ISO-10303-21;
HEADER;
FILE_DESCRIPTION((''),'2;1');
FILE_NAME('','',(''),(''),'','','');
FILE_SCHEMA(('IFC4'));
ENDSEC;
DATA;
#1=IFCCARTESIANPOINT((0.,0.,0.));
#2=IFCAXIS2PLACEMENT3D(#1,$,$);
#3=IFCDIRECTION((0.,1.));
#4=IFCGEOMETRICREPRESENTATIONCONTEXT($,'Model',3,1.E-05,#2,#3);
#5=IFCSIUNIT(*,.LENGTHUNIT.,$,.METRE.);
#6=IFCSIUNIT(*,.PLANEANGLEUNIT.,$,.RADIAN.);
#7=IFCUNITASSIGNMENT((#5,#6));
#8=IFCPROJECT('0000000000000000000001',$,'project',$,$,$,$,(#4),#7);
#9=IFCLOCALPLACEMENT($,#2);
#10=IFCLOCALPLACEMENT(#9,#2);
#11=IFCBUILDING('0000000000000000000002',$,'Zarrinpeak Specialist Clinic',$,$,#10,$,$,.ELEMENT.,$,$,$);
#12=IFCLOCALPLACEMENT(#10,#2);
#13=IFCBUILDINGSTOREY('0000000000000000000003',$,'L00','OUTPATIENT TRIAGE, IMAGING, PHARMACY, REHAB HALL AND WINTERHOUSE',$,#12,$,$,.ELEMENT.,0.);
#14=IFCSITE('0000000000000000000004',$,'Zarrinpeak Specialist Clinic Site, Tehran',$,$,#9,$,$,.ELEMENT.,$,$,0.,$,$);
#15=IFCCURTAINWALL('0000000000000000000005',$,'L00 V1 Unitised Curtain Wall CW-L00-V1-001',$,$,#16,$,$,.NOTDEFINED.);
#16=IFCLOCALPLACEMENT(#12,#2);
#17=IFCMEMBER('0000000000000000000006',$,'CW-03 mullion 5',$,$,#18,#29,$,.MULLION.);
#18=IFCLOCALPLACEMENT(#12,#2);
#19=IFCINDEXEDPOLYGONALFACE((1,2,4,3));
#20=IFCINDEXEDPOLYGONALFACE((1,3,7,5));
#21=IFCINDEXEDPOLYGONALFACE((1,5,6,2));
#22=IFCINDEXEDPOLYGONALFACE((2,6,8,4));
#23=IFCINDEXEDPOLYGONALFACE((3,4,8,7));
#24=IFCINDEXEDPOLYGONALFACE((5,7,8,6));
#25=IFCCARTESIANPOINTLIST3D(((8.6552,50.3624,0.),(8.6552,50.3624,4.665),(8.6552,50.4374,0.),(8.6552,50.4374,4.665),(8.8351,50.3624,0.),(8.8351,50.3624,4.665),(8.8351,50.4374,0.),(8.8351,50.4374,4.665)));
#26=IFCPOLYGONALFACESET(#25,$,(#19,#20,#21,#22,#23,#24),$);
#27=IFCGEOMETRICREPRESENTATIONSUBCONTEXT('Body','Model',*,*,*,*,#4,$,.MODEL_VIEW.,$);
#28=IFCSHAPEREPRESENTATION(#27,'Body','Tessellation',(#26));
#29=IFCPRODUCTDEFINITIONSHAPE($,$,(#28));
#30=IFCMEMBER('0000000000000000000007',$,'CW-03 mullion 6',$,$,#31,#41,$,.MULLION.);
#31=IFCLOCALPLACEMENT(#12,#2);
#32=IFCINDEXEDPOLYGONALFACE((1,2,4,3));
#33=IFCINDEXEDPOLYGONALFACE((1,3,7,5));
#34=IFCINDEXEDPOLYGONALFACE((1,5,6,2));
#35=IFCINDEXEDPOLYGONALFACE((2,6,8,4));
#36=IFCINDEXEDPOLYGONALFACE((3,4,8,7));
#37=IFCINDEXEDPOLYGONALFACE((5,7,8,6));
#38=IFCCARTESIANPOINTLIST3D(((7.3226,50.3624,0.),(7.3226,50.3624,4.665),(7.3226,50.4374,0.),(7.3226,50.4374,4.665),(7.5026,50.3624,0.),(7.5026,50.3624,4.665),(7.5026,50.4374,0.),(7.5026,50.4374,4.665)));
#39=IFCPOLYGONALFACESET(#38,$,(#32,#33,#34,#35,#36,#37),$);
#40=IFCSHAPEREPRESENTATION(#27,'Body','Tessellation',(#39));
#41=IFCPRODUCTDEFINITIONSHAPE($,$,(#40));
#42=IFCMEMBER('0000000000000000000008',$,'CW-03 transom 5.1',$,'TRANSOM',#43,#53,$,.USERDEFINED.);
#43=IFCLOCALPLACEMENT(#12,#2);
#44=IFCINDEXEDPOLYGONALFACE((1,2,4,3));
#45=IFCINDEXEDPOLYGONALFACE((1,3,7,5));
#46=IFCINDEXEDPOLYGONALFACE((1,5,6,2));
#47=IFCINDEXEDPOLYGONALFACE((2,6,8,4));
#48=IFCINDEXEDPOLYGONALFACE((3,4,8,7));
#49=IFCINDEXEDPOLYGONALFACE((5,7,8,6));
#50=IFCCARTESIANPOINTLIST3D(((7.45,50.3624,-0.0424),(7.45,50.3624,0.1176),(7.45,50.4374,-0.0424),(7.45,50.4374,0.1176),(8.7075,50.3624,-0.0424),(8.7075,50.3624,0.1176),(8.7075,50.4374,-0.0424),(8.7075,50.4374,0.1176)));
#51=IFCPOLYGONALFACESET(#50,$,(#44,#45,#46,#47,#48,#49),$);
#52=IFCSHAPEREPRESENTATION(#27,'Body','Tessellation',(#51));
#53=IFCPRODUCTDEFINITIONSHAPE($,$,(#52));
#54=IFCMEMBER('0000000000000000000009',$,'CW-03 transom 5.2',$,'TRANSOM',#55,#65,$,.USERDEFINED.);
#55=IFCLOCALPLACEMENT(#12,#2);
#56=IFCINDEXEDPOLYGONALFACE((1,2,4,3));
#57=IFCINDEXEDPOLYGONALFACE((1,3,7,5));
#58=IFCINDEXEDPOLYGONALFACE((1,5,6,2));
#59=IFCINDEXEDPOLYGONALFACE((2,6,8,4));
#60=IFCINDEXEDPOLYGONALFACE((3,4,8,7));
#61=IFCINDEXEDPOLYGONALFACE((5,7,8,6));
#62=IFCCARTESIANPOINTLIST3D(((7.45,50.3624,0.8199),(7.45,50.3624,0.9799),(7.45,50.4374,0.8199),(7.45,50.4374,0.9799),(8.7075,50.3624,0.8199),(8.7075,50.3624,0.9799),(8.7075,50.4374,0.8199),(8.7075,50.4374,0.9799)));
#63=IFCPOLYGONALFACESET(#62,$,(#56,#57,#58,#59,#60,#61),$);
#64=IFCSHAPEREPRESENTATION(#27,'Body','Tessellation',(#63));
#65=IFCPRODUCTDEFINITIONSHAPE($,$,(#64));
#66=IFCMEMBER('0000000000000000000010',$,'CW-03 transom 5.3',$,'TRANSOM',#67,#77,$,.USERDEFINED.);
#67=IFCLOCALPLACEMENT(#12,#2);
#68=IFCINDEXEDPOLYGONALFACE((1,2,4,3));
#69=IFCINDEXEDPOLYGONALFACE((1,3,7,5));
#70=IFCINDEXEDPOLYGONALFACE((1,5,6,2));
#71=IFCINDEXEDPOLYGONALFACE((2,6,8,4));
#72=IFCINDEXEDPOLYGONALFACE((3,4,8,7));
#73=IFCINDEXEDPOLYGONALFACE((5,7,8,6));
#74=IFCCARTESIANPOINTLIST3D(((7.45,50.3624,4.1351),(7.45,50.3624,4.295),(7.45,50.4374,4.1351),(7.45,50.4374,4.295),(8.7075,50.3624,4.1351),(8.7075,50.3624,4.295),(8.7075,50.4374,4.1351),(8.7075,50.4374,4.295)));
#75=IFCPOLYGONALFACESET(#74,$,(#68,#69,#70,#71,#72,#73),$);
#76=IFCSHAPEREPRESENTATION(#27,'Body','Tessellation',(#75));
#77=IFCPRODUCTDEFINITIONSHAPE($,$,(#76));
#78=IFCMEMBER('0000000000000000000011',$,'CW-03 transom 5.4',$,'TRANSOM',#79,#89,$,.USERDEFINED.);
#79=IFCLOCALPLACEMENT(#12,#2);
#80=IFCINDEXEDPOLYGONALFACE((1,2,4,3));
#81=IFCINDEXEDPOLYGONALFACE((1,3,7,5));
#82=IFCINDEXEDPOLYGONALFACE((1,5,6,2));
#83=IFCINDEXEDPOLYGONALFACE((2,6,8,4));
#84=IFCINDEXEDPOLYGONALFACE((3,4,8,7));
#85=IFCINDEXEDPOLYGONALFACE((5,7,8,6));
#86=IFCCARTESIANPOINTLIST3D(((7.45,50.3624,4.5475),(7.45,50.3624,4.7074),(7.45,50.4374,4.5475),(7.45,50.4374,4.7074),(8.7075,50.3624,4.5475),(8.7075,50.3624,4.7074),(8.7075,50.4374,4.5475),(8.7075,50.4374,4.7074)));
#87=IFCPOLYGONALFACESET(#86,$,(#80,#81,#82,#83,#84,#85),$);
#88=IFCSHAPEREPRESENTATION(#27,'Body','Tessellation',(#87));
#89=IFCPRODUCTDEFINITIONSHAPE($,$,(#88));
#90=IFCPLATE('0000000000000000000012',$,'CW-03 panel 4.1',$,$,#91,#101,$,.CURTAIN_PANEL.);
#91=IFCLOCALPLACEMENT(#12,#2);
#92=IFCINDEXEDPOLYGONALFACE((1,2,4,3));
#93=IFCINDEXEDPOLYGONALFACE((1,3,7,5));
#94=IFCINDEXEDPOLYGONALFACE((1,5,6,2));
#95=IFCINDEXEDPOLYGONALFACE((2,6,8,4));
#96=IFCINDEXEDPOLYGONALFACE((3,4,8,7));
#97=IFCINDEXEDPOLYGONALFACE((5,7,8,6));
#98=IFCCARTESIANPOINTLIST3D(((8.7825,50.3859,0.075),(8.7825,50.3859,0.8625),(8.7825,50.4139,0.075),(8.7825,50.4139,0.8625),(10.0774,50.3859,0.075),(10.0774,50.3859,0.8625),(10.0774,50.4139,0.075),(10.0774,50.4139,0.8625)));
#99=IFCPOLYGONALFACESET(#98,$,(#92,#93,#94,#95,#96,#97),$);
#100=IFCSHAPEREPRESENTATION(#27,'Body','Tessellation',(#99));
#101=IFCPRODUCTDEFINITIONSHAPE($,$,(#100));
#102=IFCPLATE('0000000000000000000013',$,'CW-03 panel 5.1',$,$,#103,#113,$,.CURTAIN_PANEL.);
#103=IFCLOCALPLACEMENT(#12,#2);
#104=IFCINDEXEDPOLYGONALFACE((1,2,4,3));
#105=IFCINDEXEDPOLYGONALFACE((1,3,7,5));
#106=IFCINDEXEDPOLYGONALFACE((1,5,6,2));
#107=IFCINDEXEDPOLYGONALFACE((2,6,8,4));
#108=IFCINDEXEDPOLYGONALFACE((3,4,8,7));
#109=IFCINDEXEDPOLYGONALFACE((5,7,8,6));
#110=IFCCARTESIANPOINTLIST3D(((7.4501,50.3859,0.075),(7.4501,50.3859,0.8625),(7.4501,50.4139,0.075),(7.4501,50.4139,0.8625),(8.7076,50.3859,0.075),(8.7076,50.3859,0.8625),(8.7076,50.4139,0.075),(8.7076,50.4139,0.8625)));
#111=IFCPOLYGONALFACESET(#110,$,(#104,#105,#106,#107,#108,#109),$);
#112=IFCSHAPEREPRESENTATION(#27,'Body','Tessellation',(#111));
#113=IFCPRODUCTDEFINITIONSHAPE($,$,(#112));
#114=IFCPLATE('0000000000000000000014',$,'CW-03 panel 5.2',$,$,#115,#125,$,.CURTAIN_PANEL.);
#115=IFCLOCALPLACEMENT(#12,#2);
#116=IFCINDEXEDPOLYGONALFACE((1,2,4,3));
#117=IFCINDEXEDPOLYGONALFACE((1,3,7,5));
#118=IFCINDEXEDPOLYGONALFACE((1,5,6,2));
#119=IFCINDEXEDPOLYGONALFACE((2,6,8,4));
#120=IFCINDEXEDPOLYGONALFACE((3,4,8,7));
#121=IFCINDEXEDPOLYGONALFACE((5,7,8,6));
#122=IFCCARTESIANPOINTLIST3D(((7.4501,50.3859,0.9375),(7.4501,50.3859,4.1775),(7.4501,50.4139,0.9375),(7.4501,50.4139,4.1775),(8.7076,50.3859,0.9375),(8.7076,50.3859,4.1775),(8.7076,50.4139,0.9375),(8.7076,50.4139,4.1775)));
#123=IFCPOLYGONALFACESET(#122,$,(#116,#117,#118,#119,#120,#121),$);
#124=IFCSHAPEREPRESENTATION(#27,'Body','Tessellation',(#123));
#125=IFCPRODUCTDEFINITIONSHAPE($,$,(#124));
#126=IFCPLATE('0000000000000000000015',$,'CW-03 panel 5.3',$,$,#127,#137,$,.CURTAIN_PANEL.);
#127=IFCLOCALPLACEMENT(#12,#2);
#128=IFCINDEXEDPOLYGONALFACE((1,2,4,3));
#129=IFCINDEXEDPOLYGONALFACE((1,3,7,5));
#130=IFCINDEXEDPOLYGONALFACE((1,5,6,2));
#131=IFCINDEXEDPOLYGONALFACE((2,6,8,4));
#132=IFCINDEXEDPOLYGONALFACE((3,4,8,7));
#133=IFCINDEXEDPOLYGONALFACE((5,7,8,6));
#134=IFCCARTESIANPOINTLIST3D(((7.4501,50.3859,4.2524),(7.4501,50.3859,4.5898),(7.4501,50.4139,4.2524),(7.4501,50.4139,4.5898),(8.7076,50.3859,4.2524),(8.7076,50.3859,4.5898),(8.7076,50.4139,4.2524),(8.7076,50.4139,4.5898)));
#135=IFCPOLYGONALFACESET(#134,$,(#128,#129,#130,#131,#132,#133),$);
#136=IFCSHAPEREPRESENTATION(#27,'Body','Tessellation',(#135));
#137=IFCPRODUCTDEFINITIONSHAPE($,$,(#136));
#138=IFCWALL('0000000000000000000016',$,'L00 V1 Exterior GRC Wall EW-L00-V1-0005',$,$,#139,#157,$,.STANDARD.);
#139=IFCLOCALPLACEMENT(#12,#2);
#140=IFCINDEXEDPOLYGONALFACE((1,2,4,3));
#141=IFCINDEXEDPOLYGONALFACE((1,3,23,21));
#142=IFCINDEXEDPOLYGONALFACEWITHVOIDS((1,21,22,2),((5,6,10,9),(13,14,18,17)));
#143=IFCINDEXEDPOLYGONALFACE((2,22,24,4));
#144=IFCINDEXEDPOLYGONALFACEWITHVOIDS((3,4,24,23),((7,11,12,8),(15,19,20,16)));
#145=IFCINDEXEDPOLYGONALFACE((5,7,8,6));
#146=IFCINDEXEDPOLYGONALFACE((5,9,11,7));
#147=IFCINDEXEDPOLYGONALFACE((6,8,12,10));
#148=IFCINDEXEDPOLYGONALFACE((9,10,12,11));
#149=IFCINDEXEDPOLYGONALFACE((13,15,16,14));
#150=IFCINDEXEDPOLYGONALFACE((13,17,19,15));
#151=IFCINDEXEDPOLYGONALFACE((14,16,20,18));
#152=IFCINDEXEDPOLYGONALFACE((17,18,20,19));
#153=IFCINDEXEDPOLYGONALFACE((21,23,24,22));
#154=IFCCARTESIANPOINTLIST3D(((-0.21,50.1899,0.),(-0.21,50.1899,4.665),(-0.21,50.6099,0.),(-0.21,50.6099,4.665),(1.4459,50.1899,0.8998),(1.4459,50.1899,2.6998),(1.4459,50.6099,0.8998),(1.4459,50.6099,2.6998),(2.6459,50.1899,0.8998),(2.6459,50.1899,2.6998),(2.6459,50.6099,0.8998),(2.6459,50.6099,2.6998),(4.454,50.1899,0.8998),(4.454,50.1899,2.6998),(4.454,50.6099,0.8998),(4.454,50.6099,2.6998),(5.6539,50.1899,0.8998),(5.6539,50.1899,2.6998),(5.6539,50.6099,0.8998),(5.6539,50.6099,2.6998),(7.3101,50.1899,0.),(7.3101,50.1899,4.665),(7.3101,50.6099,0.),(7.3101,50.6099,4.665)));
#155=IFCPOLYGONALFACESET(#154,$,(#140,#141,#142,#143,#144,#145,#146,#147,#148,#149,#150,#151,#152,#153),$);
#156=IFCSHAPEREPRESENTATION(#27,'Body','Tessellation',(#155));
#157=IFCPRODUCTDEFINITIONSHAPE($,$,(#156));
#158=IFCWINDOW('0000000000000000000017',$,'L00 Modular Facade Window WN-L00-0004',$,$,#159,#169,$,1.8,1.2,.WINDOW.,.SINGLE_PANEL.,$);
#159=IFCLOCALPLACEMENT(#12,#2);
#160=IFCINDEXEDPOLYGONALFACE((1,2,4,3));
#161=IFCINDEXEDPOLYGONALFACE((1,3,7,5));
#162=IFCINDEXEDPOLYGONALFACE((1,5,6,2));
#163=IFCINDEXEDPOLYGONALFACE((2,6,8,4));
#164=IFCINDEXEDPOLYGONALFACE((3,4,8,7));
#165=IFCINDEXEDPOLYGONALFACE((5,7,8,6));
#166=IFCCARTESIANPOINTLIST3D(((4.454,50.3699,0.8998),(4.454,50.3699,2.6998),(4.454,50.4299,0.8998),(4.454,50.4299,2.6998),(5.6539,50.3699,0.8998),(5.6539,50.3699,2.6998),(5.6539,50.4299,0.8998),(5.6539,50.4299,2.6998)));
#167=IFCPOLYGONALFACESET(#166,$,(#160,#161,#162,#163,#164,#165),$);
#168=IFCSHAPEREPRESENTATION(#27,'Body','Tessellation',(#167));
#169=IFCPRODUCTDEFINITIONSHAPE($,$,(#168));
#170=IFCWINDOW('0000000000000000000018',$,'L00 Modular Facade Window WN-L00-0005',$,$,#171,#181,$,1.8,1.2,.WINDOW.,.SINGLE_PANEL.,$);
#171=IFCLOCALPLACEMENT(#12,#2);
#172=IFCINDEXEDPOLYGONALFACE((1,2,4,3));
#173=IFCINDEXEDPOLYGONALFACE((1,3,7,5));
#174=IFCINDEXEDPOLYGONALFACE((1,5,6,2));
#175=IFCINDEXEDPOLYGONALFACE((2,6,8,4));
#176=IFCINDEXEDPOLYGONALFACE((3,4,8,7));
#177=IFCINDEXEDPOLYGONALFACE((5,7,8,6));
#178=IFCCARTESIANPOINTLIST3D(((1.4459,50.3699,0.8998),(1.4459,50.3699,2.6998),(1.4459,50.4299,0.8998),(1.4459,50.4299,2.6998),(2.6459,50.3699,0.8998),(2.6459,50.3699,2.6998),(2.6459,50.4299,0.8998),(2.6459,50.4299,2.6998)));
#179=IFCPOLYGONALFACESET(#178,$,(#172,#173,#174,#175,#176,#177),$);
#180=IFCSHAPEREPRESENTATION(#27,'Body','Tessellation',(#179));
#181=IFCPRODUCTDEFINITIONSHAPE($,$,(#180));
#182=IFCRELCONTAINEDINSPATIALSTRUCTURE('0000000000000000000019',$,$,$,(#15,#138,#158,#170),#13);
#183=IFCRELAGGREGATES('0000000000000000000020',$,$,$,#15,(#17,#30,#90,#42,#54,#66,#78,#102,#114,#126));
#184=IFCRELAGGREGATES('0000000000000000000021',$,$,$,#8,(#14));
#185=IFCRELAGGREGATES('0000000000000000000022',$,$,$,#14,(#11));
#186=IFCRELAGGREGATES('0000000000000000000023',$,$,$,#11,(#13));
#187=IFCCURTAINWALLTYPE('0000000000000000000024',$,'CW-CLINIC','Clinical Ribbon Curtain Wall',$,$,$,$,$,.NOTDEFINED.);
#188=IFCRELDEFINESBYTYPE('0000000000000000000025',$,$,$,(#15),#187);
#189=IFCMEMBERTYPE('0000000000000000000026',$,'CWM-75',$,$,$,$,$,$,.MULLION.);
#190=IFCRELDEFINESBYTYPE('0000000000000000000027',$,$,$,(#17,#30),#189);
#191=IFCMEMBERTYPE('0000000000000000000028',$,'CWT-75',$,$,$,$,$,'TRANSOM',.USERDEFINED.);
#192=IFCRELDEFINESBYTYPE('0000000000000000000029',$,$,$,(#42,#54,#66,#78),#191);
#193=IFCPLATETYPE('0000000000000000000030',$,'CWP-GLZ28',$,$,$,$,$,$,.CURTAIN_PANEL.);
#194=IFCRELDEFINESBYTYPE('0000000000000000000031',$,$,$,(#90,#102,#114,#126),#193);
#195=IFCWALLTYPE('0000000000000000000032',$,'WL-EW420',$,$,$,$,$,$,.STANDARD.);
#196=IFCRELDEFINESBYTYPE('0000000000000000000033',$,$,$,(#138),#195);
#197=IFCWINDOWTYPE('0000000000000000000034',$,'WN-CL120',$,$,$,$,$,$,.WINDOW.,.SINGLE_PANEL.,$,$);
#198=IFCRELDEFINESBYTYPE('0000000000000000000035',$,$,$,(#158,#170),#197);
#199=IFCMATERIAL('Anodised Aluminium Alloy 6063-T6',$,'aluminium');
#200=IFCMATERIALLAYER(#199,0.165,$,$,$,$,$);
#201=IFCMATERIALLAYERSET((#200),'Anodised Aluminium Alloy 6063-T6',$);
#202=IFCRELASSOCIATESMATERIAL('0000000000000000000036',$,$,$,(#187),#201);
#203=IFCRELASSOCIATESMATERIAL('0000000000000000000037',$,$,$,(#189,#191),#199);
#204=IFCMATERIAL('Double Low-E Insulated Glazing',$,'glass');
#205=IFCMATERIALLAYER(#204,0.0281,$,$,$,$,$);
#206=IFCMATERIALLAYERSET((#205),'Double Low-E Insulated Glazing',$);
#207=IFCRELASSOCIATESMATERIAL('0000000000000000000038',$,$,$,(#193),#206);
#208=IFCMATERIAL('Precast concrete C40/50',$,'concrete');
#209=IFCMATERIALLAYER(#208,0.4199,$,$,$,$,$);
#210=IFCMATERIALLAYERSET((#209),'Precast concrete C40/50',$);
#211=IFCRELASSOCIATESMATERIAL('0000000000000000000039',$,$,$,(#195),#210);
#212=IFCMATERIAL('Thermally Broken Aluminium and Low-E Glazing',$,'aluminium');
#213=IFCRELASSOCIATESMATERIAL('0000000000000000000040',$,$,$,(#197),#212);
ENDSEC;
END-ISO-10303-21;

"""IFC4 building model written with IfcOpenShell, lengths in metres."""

from ifc_helpers import new_model, si_unit, direction, frame, frame_2d, origin, origin_2d, place, context, subcontext, project, spatial, rectangle, extrude, material, layer, layer_set, material_profile, profile_set, type_object, element, fill, aggregate, save


model = new_model("IFC4")

# Units and contexts
model_context = context("Model", 3, precision=1e-05, world=origin(), true_north=direction((0.0, 1.0)))
body_context = subcontext(model_context, "Body", "Model", "MODEL_VIEW")
ifc_project = project(units=[si_unit("LENGTHUNIT", "METRE"), si_unit("PLANEANGLEUNIT", "RADIAN")], contexts=[model_context])

# Site, building, storey
site_placement = place(None, origin())
site = spatial("IfcSite", under=ifc_project, at=site_placement, Name="Zarrinpeak Specialist Clinic Site, Tehran", CompositionType="ELEMENT", RefElevation=0.0)
building_placement = place(site_placement, origin())
building = spatial("IfcBuilding", under=site, at=building_placement, Name="Zarrinpeak Specialist Clinic", CompositionType="ELEMENT")
storey_placement = place(building_placement, origin())
storey = spatial("IfcBuildingStorey", under=building, at=storey_placement, Name="L00", Description="OUTPATIENT TRIAGE, IMAGING, PHARMACY, REHAB HALL AND WINTERHOUSE", CompositionType="ELEMENT", Elevation=0.0)

# Curtain wall, members, plates
ifc_material_1 = material(Name="Anodised Aluminium Alloy 6063-T6", Category="aluminium")
ifc_layer_1 = layer(ifc_material_1, 0.165)
ifc_layer_set_1 = layer_set([ifc_layer_1], Name="Anodised Aluminium Alloy 6063-T6")
curtain_wall_type = type_object("IfcCurtainWallType", Name="CW-CLINIC", Description="Clinical Ribbon Curtain Wall", PredefinedType="NOTDEFINED", material=ifc_layer_set_1)
curtain_wall_placement = place(storey_placement, origin())
curtain_wall = element("IfcCurtainWall", 1, at=curtain_wall_placement, inside=storey, type_object=curtain_wall_type, Name="L00 V1 Unitised Curtain Wall CW-L00-V1-001", PredefinedType="NOTDEFINED")
ifc_material_profile_1 = material_profile(ifc_material_1, rectangle(XDim=0.075, YDim=0.1799, at=origin_2d()), Name="ALU 75x180")
ifc_profile_set_1 = profile_set([ifc_material_profile_1], Name="Anodised Aluminium Alloy 6063-T6")
member_type_1 = type_object("IfcMemberType", Name="CWM-75", PredefinedType="MULLION", material=ifc_profile_set_1)
member_1_placement = place(storey_placement, frame((8.7451, 50.3999, 0.0), z_axis=(0.0, 0.0, 1.0), x_axis=(0.0, -1.0, 0.0)))
member_1 = element("IfcMember", 2, at=member_1_placement, type_object=member_type_1, Name="CW-03 mullion 5", PredefinedType="MULLION", context=body_context, shape_type="SweptSolid", body=[
    extrude(rectangle(XDim=0.075, YDim=0.1799, at=origin_2d()), origin(), (0.0, 0.0, 1.0), 4.665),
])
member_2_placement = place(storey_placement, frame((7.4126, 50.3999, 0.0), z_axis=(0.0, 0.0, 1.0), x_axis=(0.0, -1.0, 0.0)))
member_2 = element("IfcMember", 3, at=member_2_placement, type_object=member_type_1, Name="CW-03 mullion 6", PredefinedType="MULLION", context=body_context, shape_type="SweptSolid", body=[
    extrude(rectangle(XDim=0.075, YDim=0.1799, at=origin_2d()), origin(), (0.0, 0.0, 1.0), 4.665),
])
ifc_material_profile_2 = material_profile(ifc_material_1, rectangle(XDim=0.075, YDim=0.1599, at=origin_2d()), Name="ALU 75x160")
ifc_profile_set_2 = profile_set([ifc_material_profile_2], Name="Anodised Aluminium Alloy 6063-T6")
member_type_2 = type_object("IfcMemberType", Name="CWT-75", ElementType="TRANSOM", PredefinedType="USERDEFINED", material=ifc_profile_set_2)
member_3_placement = place(storey_placement, frame((8.7075, 50.3999, 0.0376), z_axis=(-1.0, 0.0, 0.0), x_axis=(0.0, -1.0, 0.0)))
member_3 = element("IfcMember", 4, at=member_3_placement, type_object=member_type_2, Name="CW-03 transom 5.1", ObjectType="TRANSOM", PredefinedType="USERDEFINED", context=body_context, shape_type="SweptSolid", body=[
    extrude(rectangle(XDim=0.075, YDim=0.1599, at=origin_2d()), origin(), (0.0, 0.0, 1.0), 1.2576),
])
member_4_placement = place(storey_placement, frame((8.7075, 50.3999, 0.8999), z_axis=(-1.0, 0.0, 0.0), x_axis=(0.0, -1.0, 0.0)))
member_4 = element("IfcMember", 5, at=member_4_placement, type_object=member_type_2, Name="CW-03 transom 5.2", ObjectType="TRANSOM", PredefinedType="USERDEFINED", context=body_context, shape_type="SweptSolid", body=[
    extrude(rectangle(XDim=0.075, YDim=0.1599, at=origin_2d()), origin(), (0.0, 0.0, 1.0), 1.2576),
])
member_5_placement = place(storey_placement, frame((8.7075, 50.3999, 4.2151), z_axis=(-1.0, 0.0, 0.0), x_axis=(0.0, -1.0, 0.0)))
member_5 = element("IfcMember", 6, at=member_5_placement, type_object=member_type_2, Name="CW-03 transom 5.3", ObjectType="TRANSOM", PredefinedType="USERDEFINED", context=body_context, shape_type="SweptSolid", body=[
    extrude(rectangle(XDim=0.075, YDim=0.1599, at=origin_2d()), origin(), (0.0, 0.0, 1.0), 1.2576),
])
member_6_placement = place(storey_placement, frame((8.7075, 50.3999, 4.6274), z_axis=(-1.0, 0.0, 0.0), x_axis=(0.0, -1.0, 0.0)))
member_6 = element("IfcMember", 7, at=member_6_placement, type_object=member_type_2, Name="CW-03 transom 5.4", ObjectType="TRANSOM", PredefinedType="USERDEFINED", context=body_context, shape_type="SweptSolid", body=[
    extrude(rectangle(XDim=0.075, YDim=0.1599, at=origin_2d()), origin(), (0.0, 0.0, 1.0), 1.2576),
])
ifc_material_2 = material(Name="Double Low-E Insulated Glazing", Category="glass")
ifc_layer_2 = layer(ifc_material_2, 0.0281)
ifc_layer_set_2 = layer_set([ifc_layer_2], Name="Double Low-E Insulated Glazing")
plate_type = type_object("IfcPlateType", Name="CWP-GLZ28", PredefinedType="CURTAIN_PANEL", material=ifc_layer_set_2)
plate_1_placement = place(storey_placement, frame((9.4299, 50.3999, 0.075), z_axis=(0.0, 0.0, 1.0), x_axis=(-1.0, 0.0, 0.0)))
plate_1 = element("IfcPlate", 8, at=plate_1_placement, type_object=plate_type, Name="CW-03 panel 4.1", PredefinedType="CURTAIN_PANEL", context=body_context, shape_type="SweptSolid", body=[
    extrude(rectangle(XDim=1.2949, YDim=0.0281, at=origin_2d()), origin(), (0.0, 0.0, 1.0), 0.7876),
])
plate_2_placement = place(storey_placement, frame((8.0789, 50.3999, 0.075), z_axis=(0.0, 0.0, 1.0), x_axis=(-1.0, 0.0, 0.0)))
plate_2 = element("IfcPlate", 9, at=plate_2_placement, type_object=plate_type, Name="CW-03 panel 5.1", PredefinedType="CURTAIN_PANEL", context=body_context, shape_type="SweptSolid", body=[
    extrude(rectangle(XDim=1.2576, YDim=0.0281, at=origin_2d()), origin(), (0.0, 0.0, 1.0), 0.7876),
])
plate_3_placement = place(storey_placement, frame((8.0789, 50.3999, 0.9375), z_axis=(0.0, 0.0, 1.0), x_axis=(-1.0, 0.0, 0.0)))
plate_3 = element("IfcPlate", 10, at=plate_3_placement, type_object=plate_type, Name="CW-03 panel 5.2", PredefinedType="CURTAIN_PANEL", context=body_context, shape_type="SweptSolid", body=[
    extrude(rectangle(XDim=1.2576, YDim=0.0281, at=origin_2d()), origin(), (0.0, 0.0, 1.0), 3.24),
])
plate_4_placement = place(storey_placement, frame((8.0789, 50.3999, 4.2524), z_axis=(0.0, 0.0, 1.0), x_axis=(-1.0, 0.0, 0.0)))
plate_4 = element("IfcPlate", 11, at=plate_4_placement, type_object=plate_type, Name="CW-03 panel 5.3", PredefinedType="CURTAIN_PANEL", context=body_context, shape_type="SweptSolid", body=[
    extrude(rectangle(XDim=1.2576, YDim=0.0281, at=origin_2d()), origin(), (0.0, 0.0, 1.0), 0.3374),
])
aggregate(curtain_wall, [member_1, member_2, plate_1, member_3, member_4, member_5, member_6, plate_2, plate_3, plate_4])

# Wall, openings, windows
ifc_material_3 = material(Name="Precast concrete C40/50", Category="concrete")
ifc_layer_3 = layer(ifc_material_3, 0.4199)
ifc_layer_set_3 = layer_set([ifc_layer_3], Name="Precast concrete C40/50")
wall_type_1 = type_object("IfcWallType", Name="WL-EW420", PredefinedType="STANDARD", material=ifc_layer_set_3)
wall_1_placement = place(storey_placement, frame((7.3101, 50.3999, 0.0), z_axis=(0.0, 0.0, 1.0), x_axis=(-1.0, 0.0, 0.0)))
wall_1 = element("IfcWall", 12, at=wall_1_placement, inside=storey, type_object=wall_type_1, Name="L00 V1 Exterior GRC Wall EW-L00-V1-0005", PredefinedType="STANDARD", context=body_context, shape_type="SweptSolid", body=[
    extrude(rectangle(XDim=7.52, YDim=0.4199, at=frame_2d((3.76, 0.0))), origin(), (0.0, 0.0, 1.0), 4.665),
])
opening_1_placement = place(wall_1_placement, frame((1.656, 0.0, 0.8999)))
opening_1 = element("IfcOpeningElement", 13, at=opening_1_placement, cuts=wall_1, PredefinedType="OPENING", context=body_context, shape_type="SweptSolid", body=[
    extrude(rectangle(XDim=1.2, YDim=1.8, at=frame_2d((0.6001, 0.8999))), frame((0.0, 0.22, 0.0), z_axis=(0.0, -1.0, 0.0), x_axis=(1.0, 0.0, 0.0)), (0.0, 0.0, 1.0), 0.4399),
])
opening_2_placement = place(wall_1_placement, frame((4.6641, 0.0, 0.8999)))
opening_2 = element("IfcOpeningElement", 14, at=opening_2_placement, cuts=wall_1, PredefinedType="OPENING", context=body_context, shape_type="SweptSolid", body=[
    extrude(rectangle(XDim=1.2, YDim=1.8, at=frame_2d((0.6001, 0.8999))), frame((0.0, 0.22, 0.0), z_axis=(0.0, -1.0, 0.0), x_axis=(1.0, 0.0, 0.0)), (0.0, 0.0, 1.0), 0.4399),
])
ifc_material_4 = material(Name="Thermally Broken Aluminium and Low-E Glazing", Category="aluminium")
window_type_1 = type_object("IfcWindowType", Name="WN-CL120", PartitioningType="SINGLE_PANEL", PredefinedType="WINDOW", material=ifc_material_4)
window_1_placement = place(opening_1_placement, origin())
window_1 = element("IfcWindow", 15, at=window_1_placement, inside=storey, type_object=window_type_1, Name="L00 Modular Facade Window WN-L00-0004", OverallHeight=1.8, OverallWidth=1.2, PartitioningType="SINGLE_PANEL", PredefinedType="WINDOW", context=body_context, shape_type="SweptSolid", body=[
    extrude(rectangle(XDim=1.2, YDim=1.8, at=frame_2d((0.6001, 0.8999))), frame((0.0, 0.03, 0.0), z_axis=(0.0, -1.0, 0.0), x_axis=(1.0, 0.0, 0.0)), (0.0, 0.0, 1.0), 0.0601),
])
fill(opening_1, window_1)
window_2_placement = place(opening_2_placement, origin())
window_2 = element("IfcWindow", 16, at=window_2_placement, inside=storey, type_object=window_type_1, Name="L00 Modular Facade Window WN-L00-0005", OverallHeight=1.8, OverallWidth=1.2, PartitioningType="SINGLE_PANEL", PredefinedType="WINDOW", context=body_context, shape_type="SweptSolid", body=[
    extrude(rectangle(XDim=1.2, YDim=1.8, at=frame_2d((0.6001, 0.8999))), frame((0.0, 0.03, 0.0), z_axis=(0.0, -1.0, 0.0), x_axis=(1.0, 0.0, 0.0)), (0.0, 0.0, 1.0), 0.0601),
])
fill(opening_2, window_2)

save(model, "model.ifc")
